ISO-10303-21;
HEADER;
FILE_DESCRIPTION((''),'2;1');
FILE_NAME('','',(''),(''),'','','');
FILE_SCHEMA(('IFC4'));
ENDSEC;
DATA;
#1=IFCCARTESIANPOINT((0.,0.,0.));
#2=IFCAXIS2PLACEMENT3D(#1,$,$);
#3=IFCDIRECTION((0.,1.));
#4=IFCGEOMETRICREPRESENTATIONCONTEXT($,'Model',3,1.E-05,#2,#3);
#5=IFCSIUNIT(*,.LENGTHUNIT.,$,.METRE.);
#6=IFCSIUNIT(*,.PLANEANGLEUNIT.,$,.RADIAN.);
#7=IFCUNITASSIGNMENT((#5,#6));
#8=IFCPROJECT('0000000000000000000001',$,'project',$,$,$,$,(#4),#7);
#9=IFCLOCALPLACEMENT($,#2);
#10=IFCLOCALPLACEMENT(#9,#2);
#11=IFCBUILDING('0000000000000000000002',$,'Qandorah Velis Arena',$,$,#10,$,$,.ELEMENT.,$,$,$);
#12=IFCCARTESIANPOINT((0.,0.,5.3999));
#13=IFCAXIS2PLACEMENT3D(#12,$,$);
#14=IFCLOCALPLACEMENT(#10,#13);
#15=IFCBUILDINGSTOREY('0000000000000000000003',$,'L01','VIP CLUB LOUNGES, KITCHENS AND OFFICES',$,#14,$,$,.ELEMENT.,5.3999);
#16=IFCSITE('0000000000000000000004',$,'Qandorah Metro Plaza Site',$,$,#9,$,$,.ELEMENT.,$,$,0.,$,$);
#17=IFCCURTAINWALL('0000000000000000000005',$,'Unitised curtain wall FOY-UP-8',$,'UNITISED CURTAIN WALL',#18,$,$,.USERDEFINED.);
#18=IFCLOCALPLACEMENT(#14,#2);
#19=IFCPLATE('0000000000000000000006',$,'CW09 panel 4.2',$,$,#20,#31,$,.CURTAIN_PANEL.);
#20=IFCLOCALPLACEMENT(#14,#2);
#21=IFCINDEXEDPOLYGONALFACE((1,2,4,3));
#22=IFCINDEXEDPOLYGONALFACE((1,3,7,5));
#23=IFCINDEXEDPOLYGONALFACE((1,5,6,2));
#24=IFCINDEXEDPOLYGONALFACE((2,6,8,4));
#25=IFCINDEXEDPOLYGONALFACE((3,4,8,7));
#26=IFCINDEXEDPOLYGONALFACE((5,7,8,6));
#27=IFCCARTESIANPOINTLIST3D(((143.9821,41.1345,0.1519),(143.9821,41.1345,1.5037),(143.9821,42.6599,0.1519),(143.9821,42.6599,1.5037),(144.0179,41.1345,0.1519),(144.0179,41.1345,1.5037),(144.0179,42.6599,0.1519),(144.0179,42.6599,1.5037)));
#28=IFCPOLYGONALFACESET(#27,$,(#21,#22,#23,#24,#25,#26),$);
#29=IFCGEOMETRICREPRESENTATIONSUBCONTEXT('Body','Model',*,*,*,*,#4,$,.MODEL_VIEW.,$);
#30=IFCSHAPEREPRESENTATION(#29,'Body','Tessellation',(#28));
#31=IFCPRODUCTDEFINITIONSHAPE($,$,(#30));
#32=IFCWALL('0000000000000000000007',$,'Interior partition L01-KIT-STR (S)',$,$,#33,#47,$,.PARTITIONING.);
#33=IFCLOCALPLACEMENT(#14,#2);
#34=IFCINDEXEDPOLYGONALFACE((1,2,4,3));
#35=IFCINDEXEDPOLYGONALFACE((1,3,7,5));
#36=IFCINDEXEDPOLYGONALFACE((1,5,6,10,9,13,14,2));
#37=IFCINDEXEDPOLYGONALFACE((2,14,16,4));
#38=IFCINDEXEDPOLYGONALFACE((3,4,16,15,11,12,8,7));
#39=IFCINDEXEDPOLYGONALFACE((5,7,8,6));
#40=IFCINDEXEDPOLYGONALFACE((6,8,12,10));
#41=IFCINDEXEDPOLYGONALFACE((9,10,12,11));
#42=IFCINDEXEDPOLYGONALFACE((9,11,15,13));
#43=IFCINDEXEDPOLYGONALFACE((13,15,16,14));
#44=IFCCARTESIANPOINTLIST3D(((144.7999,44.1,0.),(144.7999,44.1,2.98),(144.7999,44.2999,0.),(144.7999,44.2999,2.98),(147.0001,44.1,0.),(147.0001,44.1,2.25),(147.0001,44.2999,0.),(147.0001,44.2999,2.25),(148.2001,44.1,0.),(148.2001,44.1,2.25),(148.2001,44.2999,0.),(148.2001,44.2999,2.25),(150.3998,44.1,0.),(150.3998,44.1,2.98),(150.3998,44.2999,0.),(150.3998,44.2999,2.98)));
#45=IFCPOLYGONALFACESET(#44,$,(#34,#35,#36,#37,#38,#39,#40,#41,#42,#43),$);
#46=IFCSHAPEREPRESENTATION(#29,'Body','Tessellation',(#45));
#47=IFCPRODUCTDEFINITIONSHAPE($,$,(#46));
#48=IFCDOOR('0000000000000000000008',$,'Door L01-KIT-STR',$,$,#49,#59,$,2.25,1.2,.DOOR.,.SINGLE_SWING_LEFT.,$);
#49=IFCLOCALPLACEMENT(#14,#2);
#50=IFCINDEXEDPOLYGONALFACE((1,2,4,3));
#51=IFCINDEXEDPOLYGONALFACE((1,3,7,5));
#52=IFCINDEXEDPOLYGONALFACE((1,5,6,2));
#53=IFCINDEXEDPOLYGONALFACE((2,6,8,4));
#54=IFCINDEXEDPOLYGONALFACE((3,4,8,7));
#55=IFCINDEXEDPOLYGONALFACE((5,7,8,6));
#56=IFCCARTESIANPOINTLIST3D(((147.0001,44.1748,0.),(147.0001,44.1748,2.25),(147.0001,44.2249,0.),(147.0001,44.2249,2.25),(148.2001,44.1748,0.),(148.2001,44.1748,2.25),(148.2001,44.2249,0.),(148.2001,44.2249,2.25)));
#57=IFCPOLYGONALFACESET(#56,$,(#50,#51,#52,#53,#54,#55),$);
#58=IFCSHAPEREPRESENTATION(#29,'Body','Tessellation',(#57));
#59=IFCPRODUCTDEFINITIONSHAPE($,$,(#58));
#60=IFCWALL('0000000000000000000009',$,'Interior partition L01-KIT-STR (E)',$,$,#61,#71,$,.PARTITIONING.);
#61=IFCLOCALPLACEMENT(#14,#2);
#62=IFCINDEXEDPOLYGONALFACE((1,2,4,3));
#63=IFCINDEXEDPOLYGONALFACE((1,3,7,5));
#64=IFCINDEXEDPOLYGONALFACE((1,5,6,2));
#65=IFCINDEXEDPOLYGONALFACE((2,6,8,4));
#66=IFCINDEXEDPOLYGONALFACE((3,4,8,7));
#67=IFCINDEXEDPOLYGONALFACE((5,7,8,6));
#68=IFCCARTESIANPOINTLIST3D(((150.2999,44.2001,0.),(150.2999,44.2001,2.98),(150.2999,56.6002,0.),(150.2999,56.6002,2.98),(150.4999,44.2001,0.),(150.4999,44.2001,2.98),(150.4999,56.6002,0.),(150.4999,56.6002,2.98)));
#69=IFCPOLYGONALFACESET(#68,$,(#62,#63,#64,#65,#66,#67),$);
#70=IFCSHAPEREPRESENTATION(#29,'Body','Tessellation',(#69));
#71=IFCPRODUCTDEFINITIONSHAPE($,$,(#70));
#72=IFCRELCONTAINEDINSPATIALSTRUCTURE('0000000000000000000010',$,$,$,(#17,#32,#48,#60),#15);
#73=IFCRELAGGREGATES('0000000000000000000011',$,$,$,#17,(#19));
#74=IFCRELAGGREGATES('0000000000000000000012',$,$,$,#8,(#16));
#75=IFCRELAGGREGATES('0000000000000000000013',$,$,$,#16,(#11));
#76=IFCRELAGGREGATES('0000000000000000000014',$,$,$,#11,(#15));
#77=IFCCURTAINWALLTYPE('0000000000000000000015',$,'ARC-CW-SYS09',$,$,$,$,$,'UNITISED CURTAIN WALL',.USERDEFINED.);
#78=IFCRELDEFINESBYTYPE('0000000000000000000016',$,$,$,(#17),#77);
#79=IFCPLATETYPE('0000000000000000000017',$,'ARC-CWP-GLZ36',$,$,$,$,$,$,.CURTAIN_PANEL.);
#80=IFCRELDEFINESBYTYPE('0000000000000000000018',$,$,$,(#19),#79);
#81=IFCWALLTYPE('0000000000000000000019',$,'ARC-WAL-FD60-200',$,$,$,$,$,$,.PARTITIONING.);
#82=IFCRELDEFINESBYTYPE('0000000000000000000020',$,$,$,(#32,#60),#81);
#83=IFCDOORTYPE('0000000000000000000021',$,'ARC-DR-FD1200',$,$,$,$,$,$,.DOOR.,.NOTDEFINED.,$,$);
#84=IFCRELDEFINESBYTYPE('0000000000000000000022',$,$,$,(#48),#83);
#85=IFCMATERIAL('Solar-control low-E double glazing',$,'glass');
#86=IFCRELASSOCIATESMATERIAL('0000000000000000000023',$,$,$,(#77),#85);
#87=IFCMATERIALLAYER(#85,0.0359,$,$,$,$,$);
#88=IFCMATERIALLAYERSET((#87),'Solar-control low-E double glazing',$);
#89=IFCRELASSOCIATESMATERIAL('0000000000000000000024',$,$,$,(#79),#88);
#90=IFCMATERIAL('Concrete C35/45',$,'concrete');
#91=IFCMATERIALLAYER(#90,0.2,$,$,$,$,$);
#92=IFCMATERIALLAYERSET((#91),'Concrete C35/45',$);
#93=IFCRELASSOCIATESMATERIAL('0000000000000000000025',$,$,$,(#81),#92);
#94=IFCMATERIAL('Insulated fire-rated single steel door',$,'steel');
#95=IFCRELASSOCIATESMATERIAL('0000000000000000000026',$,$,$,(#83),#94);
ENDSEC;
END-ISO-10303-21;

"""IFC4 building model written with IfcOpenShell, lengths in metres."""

from ifc_helpers import new_model, si_unit, direction, frame, frame_2d, origin, origin_2d, place, context, subcontext, project, spatial, rectangle, extrude, material, layer, layer_set, type_object, element, fill, aggregate, save


model = new_model("IFC4")

# Units and contexts
model_context = context("Model", 3, precision=1e-05, world=origin(), true_north=direction((0.0, 1.0)))
body_context = subcontext(model_context, "Body", "Model", "MODEL_VIEW")
ifc_project = project(units=[si_unit("LENGTHUNIT", "METRE"), si_unit("PLANEANGLEUNIT", "RADIAN")], contexts=[model_context])

# Site, building, storey
site_placement = place(None, origin())
site = spatial("IfcSite", under=ifc_project, at=site_placement, Name="Qandorah Metro Plaza Site", CompositionType="ELEMENT", RefElevation=0.0)
building_placement = place(site_placement, origin())
building = spatial("IfcBuilding", under=site, at=building_placement, Name="Qandorah Velis Arena", CompositionType="ELEMENT")
storey_placement = place(building_placement, frame((0.0, 0.0, 5.3999)))
storey = spatial("IfcBuildingStorey", under=building, at=storey_placement, Name="L01", Description="VIP CLUB LOUNGES, KITCHENS AND OFFICES", CompositionType="ELEMENT", Elevation=5.3999)

# Curtain wall
ifc_material_1 = material(Name="Solar-control low-E double glazing", Category="glass")
curtain_wall_type = type_object("IfcCurtainWallType", Name="ARC-CW-SYS09", ElementType="UNITISED CURTAIN WALL", PredefinedType="USERDEFINED", material=ifc_material_1)
curtain_wall_placement = place(storey_placement, origin())
curtain_wall = element("IfcCurtainWall", 1, at=curtain_wall_placement, inside=storey, type_object=curtain_wall_type, Name="Unitised curtain wall FOY-UP-8", ObjectType="UNITISED CURTAIN WALL", PredefinedType="USERDEFINED")

# Plate
ifc_layer_1 = layer(ifc_material_1, 0.0359)
ifc_layer_set_1 = layer_set([ifc_layer_1], Name="Solar-control low-E double glazing")
plate_type = type_object("IfcPlateType", Name="ARC-CWP-GLZ36", PredefinedType="CURTAIN_PANEL", material=ifc_layer_set_1)
plate_1_placement = place(storey_placement, frame((144.0, 41.8972, 0.1519), z_axis=(0.0, 0.0, 1.0), x_axis=(0.0, 1.0, 0.0)))
plate_1 = element("IfcPlate", 2, at=plate_1_placement, type_object=plate_type, Name="CW09 panel 4.2", PredefinedType="CURTAIN_PANEL", context=body_context, shape_type="SweptSolid", body=[
    extrude(rectangle(XDim=1.5254, YDim=0.0359, at=origin_2d()), origin(), (0.0, 0.0, 1.0), 1.3518),
])
aggregate(curtain_wall, [plate_1])

# Wall, opening, door
ifc_material_2 = material(Name="Concrete C35/45", Category="concrete")
ifc_layer_2 = layer(ifc_material_2, 0.2)
ifc_layer_set_2 = layer_set([ifc_layer_2], Name="Concrete C35/45")
wall_type = type_object("IfcWallType", Name="ARC-WAL-FD60-200", PredefinedType="PARTITIONING", material=ifc_layer_set_2)
wall_1_placement = place(storey_placement, frame((144.8, 44.2, 0.0), z_axis=(0.0, 0.0, 1.0), x_axis=(1.0, 0.0, 0.0)))
wall_1 = element("IfcWall", 3, at=wall_1_placement, inside=storey, type_object=wall_type, Name="Interior partition L01-KIT-STR (S)", PredefinedType="PARTITIONING", context=body_context, shape_type="SweptSolid", body=[
    extrude(rectangle(XDim=5.5999, YDim=0.2, at=frame_2d((2.7998, 0.0))), origin(), (0.0, 0.0, 1.0), 2.98),
])
opening_placement = place(wall_1_placement, frame((2.2, 0.0, 0.0)))
opening = element("IfcOpeningElement", 4, at=opening_placement, cuts=wall_1, PredefinedType="OPENING", context=body_context, shape_type="SweptSolid", body=[
    extrude(rectangle(XDim=1.2, YDim=2.25, at=frame_2d((0.6001, 1.125))), frame((0.0, 0.1099, 0.0), z_axis=(0.0, -1.0, 0.0), x_axis=(1.0, 0.0, 0.0)), (0.0, 0.0, 1.0), 0.22),
])
ifc_material_3 = material(Name="Insulated fire-rated single steel door", Category="steel")
door_type = type_object("IfcDoorType", Name="ARC-DR-FD1200", OperationType="NOTDEFINED", PredefinedType="DOOR", material=ifc_material_3)
door_placement = place(opening_placement, origin())
door = element("IfcDoor", 5, at=door_placement, inside=storey, type_object=door_type, Name="Door L01-KIT-STR", OperationType="SINGLE_SWING_LEFT", OverallHeight=2.25, OverallWidth=1.2, PredefinedType="DOOR", context=body_context, shape_type="SweptSolid", body=[
    extrude(rectangle(XDim=1.2, YDim=2.25, at=frame_2d((0.6001, 1.125))), frame((0.0, 0.0249, 0.0), z_axis=(0.0, -1.0, 0.0), x_axis=(1.0, 0.0, 0.0)), (0.0, 0.0, 1.0), 0.05),
])
fill(opening, door)

# Wall
wall_2_placement = place(storey_placement, frame((150.3999, 44.2, 0.0), z_axis=(0.0, 0.0, 1.0), x_axis=(0.0, 1.0, 0.0)))
element("IfcWall", 6, at=wall_2_placement, inside=storey, type_object=wall_type, Name="Interior partition L01-KIT-STR (E)", PredefinedType="PARTITIONING", context=body_context, shape_type="SweptSolid", body=[
    extrude(rectangle(XDim=12.4001, YDim=0.2, at=frame_2d((6.2002, 0.0))), origin(), (0.0, 0.0, 1.0), 2.98),
])

save(model, "model.ifc")
